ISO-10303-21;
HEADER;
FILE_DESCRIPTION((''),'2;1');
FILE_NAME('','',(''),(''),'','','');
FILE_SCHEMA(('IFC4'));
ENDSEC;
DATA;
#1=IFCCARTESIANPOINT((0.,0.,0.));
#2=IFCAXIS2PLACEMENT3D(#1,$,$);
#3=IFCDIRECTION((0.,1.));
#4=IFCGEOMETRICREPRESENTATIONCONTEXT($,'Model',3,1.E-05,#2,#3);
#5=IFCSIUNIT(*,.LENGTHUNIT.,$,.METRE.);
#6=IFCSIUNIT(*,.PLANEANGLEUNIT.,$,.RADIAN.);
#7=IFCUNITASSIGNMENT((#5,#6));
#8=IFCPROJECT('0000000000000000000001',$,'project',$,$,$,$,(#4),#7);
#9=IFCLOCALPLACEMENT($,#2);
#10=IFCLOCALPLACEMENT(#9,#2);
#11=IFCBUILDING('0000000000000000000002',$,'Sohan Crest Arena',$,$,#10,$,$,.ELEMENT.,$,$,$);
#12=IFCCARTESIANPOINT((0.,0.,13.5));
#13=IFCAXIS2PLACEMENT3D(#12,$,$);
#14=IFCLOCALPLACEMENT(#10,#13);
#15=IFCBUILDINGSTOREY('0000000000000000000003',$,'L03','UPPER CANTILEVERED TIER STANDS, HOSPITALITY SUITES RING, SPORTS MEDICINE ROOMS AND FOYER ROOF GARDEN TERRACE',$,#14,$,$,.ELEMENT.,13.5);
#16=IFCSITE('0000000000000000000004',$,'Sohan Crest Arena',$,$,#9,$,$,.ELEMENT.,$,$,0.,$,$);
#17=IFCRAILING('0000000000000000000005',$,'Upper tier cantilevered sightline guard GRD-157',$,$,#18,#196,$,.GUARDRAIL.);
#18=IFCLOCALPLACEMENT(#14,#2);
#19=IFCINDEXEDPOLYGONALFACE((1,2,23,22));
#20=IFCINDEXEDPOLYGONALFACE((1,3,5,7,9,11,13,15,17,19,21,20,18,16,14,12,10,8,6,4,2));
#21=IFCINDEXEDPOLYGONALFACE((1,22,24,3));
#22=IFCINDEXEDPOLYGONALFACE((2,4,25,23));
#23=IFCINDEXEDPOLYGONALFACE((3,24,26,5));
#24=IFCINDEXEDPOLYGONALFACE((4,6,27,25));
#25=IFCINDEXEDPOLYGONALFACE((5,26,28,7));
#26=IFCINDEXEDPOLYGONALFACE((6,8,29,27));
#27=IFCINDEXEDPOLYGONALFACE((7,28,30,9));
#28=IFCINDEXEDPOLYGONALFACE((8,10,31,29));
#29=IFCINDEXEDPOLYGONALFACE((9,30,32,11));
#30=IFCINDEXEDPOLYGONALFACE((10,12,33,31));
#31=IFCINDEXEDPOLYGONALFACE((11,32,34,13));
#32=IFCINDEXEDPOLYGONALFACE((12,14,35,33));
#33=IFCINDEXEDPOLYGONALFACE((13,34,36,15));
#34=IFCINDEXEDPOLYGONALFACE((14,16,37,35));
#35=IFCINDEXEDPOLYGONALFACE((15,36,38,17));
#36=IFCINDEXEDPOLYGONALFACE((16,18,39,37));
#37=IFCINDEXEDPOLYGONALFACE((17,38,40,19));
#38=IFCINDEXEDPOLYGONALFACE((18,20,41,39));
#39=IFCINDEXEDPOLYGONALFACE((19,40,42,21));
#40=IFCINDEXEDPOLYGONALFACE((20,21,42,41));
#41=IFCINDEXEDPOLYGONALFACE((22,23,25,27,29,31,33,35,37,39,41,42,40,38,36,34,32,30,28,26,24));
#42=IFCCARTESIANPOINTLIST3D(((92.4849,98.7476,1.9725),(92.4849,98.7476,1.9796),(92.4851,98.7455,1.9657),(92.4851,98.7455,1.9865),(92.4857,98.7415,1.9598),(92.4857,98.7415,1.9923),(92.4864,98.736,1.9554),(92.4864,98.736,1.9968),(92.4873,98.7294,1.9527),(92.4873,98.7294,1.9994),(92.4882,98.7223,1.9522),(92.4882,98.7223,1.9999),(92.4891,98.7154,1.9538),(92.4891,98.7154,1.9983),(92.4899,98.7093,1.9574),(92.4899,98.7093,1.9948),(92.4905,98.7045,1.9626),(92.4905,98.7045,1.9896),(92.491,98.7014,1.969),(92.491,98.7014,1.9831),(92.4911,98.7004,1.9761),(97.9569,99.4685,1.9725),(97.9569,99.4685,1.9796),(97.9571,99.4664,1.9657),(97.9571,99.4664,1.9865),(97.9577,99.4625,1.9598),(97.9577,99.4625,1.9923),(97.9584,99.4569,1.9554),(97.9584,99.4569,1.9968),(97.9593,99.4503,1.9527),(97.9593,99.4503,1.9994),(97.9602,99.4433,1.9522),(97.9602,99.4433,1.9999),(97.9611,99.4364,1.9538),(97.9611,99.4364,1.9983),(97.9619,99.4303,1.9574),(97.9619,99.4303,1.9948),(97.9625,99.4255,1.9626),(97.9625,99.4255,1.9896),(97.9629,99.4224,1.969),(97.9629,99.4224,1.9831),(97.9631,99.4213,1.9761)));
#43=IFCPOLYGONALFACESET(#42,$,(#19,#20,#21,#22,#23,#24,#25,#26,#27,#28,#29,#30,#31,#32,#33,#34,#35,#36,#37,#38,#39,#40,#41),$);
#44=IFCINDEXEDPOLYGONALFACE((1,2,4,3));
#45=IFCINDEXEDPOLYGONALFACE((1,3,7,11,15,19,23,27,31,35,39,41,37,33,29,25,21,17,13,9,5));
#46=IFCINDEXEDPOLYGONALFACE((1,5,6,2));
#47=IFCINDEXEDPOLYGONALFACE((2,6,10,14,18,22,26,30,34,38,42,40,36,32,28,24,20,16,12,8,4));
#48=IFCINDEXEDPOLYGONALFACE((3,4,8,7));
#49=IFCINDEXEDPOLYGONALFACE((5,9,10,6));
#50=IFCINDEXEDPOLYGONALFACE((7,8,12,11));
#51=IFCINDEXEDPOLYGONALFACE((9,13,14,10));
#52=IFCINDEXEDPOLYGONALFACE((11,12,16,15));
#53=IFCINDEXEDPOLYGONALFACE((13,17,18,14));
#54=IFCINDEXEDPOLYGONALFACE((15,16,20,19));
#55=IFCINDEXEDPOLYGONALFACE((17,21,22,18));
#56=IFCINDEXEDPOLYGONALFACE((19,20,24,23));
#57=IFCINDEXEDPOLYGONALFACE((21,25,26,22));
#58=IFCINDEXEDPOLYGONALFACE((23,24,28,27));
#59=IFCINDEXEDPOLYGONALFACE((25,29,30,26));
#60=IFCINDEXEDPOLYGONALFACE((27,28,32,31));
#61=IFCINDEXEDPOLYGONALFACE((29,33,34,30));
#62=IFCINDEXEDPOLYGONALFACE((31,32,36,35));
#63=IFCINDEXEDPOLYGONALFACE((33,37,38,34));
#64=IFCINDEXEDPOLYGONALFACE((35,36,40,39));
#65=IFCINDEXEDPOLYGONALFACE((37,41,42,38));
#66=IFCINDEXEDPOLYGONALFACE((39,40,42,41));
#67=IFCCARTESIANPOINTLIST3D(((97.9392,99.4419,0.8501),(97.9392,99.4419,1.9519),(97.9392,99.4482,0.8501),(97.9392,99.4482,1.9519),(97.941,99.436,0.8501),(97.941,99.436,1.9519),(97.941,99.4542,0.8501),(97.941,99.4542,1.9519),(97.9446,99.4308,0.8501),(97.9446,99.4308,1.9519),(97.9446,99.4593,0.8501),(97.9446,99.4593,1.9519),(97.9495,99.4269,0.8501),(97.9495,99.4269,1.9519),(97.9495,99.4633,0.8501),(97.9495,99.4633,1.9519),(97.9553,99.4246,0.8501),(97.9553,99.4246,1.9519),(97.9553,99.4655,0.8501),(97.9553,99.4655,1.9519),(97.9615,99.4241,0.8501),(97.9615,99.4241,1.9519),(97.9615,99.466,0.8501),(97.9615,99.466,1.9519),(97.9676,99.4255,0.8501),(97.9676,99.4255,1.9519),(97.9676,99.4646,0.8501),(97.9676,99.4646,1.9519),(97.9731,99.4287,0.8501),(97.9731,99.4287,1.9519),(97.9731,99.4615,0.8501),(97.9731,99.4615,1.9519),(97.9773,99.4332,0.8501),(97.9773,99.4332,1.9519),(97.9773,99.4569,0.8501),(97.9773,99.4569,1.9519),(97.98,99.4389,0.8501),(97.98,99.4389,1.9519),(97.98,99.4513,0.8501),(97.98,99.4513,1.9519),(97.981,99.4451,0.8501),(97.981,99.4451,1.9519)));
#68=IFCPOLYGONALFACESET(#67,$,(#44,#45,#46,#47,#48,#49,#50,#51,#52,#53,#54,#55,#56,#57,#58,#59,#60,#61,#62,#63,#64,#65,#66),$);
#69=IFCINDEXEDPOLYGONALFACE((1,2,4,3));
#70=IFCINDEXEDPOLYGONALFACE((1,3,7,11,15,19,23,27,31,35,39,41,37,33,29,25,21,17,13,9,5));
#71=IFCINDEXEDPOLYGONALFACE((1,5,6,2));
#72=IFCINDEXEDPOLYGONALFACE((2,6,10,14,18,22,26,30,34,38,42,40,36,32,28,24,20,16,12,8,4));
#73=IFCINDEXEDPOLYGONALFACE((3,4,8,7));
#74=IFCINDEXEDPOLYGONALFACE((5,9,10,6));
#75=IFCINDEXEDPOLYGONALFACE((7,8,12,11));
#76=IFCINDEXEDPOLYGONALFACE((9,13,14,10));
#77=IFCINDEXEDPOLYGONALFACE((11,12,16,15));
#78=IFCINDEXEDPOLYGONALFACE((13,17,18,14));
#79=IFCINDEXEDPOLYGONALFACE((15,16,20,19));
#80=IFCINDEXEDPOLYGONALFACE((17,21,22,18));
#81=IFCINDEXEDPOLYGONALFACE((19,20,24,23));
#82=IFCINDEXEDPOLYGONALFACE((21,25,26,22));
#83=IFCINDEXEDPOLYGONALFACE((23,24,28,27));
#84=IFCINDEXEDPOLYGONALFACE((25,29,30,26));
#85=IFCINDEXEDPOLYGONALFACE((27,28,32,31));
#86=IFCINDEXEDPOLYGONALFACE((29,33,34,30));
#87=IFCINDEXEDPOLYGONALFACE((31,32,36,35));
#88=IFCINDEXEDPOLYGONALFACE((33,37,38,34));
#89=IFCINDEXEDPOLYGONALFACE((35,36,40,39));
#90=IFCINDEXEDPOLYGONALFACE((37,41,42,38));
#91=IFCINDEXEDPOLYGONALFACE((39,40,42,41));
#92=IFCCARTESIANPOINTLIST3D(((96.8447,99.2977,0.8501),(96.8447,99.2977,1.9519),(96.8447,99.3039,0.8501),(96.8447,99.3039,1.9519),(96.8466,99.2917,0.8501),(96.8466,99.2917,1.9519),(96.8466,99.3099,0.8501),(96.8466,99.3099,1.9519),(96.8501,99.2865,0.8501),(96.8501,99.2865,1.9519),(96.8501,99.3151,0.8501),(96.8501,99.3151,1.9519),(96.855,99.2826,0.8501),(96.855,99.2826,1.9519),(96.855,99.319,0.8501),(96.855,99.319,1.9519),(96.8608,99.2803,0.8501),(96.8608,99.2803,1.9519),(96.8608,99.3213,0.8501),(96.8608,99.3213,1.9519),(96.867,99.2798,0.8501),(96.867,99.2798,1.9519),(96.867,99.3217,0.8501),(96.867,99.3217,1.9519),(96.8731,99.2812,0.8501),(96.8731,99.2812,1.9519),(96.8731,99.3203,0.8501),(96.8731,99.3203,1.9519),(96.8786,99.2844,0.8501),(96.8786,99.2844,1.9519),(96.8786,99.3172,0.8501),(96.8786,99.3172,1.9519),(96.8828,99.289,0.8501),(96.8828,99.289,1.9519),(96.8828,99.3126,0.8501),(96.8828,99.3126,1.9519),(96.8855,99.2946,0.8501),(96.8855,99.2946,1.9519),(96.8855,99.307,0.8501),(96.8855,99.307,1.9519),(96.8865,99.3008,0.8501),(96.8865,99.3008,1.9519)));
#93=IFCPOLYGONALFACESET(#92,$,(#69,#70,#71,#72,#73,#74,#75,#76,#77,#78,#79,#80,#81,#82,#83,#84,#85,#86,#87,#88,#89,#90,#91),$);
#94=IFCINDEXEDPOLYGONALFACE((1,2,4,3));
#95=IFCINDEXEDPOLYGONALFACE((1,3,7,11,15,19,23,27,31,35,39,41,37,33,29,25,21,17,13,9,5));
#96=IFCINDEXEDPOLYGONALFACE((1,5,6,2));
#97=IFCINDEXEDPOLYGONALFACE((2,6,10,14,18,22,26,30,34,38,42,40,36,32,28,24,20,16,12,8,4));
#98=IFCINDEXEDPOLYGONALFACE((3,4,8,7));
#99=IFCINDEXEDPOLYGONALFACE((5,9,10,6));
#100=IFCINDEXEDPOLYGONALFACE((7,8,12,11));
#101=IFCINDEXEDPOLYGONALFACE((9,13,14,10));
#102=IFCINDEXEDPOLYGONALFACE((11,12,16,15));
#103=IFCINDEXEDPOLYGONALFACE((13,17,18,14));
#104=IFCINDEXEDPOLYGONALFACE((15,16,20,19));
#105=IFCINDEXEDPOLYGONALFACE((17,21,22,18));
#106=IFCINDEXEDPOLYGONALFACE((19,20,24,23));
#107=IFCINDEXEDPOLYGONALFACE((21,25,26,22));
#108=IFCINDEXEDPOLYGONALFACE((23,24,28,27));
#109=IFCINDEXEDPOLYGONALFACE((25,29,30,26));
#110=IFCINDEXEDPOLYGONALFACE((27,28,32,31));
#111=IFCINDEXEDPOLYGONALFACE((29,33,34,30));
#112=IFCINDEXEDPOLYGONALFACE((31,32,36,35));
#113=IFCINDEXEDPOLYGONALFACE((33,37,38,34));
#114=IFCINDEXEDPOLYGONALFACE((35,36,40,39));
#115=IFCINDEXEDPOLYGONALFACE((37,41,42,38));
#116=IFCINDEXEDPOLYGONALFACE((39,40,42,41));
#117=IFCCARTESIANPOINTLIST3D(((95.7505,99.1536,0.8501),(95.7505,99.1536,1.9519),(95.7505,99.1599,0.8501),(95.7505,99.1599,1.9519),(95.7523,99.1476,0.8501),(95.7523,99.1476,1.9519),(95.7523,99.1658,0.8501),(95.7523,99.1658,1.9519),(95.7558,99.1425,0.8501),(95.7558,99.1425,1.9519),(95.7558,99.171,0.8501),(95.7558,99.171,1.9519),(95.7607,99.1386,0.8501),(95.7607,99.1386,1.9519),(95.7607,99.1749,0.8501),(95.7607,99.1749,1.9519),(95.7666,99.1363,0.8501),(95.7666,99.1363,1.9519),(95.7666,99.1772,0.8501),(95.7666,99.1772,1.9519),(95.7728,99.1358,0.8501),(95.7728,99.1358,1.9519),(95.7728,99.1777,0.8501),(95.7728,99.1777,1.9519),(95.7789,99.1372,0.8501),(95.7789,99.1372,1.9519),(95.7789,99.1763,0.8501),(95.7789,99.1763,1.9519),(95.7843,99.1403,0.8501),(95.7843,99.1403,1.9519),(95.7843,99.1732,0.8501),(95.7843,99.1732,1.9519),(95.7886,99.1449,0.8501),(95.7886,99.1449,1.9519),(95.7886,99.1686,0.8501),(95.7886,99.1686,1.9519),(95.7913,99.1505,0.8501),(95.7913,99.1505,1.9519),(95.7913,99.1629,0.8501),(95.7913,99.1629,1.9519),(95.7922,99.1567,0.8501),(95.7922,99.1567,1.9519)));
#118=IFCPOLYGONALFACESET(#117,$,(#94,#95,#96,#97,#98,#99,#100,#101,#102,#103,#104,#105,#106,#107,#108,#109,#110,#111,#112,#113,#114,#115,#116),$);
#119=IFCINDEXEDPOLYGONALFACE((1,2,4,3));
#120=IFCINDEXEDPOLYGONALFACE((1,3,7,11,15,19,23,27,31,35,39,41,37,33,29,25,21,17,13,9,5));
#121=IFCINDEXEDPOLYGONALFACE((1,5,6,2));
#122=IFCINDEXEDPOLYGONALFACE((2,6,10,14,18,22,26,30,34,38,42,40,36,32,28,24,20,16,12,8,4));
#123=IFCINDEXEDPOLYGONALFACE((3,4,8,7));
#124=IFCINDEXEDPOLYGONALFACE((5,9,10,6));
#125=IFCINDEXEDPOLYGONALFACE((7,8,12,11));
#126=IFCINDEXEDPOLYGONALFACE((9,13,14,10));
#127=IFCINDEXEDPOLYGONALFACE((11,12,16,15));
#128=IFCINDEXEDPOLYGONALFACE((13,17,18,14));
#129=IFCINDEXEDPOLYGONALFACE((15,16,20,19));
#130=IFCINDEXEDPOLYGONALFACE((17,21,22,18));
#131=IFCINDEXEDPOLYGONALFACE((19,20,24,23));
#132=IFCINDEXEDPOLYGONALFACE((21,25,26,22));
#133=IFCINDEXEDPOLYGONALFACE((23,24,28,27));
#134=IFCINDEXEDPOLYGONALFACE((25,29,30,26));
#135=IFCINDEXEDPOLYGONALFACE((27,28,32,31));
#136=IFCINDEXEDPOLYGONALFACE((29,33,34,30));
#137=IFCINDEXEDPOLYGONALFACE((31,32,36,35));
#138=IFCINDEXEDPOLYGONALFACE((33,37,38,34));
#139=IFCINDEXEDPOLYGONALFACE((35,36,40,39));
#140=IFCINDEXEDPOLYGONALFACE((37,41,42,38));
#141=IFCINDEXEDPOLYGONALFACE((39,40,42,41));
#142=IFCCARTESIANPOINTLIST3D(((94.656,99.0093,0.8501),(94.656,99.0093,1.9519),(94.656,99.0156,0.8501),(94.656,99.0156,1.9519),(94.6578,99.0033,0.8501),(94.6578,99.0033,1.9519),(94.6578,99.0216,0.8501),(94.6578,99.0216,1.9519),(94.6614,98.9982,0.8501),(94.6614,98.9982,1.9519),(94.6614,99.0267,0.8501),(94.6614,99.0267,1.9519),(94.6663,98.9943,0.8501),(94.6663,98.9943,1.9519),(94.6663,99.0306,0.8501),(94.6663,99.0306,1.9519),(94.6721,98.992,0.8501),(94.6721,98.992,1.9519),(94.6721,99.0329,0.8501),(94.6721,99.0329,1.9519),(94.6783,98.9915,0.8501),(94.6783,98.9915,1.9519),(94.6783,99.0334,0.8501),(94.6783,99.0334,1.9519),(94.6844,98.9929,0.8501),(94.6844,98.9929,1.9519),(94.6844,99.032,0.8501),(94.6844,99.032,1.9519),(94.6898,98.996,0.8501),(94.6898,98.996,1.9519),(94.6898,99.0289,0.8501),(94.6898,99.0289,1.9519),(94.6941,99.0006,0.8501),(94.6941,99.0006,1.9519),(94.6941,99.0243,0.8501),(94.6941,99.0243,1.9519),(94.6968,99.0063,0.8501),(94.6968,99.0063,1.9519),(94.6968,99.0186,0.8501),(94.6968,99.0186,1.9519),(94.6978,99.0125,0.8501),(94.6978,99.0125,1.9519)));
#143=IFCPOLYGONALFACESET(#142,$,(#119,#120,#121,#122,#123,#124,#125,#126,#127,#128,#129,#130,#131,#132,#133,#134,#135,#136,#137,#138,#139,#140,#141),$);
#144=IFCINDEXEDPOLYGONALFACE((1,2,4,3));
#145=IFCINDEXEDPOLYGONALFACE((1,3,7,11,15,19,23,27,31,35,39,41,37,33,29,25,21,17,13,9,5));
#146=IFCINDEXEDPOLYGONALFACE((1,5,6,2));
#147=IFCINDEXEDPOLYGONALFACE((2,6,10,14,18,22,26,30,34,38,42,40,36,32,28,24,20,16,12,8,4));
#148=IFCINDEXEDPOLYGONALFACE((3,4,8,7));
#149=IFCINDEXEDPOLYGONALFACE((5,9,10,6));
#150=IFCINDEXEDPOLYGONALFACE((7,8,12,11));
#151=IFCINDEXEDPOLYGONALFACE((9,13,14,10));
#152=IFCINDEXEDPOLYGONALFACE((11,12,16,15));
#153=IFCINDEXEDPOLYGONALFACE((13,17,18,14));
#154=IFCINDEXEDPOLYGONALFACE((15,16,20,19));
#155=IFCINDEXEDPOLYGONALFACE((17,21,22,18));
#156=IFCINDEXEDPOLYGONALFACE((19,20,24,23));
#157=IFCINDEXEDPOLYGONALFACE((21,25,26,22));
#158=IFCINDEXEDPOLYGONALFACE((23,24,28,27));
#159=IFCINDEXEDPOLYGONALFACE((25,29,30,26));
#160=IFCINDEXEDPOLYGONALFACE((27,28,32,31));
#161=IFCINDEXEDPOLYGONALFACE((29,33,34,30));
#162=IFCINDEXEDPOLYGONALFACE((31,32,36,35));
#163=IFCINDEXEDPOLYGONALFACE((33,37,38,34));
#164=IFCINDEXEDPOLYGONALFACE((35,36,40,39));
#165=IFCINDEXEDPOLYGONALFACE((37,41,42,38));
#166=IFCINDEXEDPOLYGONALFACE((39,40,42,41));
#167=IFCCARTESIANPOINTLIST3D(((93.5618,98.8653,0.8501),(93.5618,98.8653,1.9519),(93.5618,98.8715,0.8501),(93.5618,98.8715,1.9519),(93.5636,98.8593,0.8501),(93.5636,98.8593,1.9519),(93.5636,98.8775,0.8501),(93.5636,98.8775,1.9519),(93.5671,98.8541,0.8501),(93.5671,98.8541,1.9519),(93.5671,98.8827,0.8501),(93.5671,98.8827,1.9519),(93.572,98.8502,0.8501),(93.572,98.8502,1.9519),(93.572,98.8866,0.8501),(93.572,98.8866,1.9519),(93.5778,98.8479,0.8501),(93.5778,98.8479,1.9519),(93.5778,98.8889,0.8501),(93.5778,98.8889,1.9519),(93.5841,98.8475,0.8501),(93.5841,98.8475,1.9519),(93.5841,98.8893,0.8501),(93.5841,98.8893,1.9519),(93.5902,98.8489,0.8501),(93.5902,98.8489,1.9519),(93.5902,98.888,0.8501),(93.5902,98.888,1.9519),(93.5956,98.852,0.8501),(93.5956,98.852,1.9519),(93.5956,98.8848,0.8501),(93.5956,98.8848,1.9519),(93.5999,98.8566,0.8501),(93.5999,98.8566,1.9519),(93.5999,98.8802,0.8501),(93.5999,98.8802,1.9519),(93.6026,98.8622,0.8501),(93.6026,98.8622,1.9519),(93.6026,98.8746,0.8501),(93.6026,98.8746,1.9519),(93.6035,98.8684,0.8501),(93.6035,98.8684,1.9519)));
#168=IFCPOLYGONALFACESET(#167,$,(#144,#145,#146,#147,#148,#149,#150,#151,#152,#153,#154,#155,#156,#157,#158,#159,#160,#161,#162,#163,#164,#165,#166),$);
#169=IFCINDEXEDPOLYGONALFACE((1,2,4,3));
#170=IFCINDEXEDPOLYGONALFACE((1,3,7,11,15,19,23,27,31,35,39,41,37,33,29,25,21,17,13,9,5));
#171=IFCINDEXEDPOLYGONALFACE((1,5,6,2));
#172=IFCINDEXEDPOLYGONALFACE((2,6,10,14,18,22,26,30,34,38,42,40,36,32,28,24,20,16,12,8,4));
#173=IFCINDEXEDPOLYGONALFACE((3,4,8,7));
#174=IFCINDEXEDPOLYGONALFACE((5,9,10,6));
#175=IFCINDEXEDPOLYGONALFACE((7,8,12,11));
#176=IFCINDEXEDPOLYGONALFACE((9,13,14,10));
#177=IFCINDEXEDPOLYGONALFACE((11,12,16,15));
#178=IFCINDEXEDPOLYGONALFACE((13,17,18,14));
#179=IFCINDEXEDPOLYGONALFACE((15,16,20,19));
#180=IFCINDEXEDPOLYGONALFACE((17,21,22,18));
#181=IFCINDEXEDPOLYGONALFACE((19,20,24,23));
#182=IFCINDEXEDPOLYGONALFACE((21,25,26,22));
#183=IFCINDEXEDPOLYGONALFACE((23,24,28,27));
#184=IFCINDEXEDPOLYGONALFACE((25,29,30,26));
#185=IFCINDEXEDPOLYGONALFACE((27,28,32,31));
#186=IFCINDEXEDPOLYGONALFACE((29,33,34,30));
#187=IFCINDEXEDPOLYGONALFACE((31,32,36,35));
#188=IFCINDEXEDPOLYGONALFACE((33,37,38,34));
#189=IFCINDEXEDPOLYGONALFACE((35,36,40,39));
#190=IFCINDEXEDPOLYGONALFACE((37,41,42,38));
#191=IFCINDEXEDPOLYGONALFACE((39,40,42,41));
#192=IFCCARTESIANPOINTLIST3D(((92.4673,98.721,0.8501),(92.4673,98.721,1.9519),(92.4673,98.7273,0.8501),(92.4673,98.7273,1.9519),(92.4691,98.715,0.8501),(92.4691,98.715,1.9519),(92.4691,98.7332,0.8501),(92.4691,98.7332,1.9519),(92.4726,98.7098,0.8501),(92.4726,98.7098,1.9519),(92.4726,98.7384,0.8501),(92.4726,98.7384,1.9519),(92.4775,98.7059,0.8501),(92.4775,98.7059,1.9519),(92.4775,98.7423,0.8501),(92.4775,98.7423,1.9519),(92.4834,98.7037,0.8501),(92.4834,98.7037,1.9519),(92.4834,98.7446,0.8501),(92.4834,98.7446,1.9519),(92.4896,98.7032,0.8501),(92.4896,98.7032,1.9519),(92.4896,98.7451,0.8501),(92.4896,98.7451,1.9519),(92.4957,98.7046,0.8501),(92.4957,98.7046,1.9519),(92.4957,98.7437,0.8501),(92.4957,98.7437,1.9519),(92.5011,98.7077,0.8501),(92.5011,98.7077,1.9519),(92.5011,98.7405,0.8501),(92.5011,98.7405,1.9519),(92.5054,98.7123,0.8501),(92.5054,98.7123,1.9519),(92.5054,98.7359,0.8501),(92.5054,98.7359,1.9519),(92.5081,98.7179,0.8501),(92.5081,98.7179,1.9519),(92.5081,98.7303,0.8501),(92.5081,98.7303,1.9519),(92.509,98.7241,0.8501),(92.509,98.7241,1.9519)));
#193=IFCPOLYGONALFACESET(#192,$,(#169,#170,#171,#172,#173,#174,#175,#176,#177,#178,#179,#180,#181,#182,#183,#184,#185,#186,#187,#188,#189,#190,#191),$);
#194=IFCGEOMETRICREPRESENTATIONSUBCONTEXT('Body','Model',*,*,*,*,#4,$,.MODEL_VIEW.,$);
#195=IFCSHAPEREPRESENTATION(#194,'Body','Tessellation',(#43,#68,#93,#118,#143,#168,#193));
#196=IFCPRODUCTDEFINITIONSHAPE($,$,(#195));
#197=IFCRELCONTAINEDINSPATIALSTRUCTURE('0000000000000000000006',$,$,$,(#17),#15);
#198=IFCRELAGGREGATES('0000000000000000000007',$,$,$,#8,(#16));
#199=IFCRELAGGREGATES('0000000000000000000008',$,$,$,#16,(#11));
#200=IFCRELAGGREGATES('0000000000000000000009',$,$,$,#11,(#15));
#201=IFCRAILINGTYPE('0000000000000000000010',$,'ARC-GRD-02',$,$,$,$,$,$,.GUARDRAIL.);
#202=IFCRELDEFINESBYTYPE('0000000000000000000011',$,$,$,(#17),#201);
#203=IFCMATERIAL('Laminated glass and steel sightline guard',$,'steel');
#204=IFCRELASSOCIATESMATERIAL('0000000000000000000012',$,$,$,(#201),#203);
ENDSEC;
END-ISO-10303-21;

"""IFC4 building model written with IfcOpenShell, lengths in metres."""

from ifc_helpers import new_model, si_unit, direction, frame, origin, origin_2d, place, context, subcontext, project, spatial, circle, extrude, material, type_object, element, save


model = new_model("IFC4")

# Units and contexts
model_context = context("Model", 3, precision=1e-05, world=origin(), true_north=direction((0.0, 1.0)))
body_context = subcontext(model_context, "Body", "Model", "MODEL_VIEW")
ifc_project = project(units=[si_unit("LENGTHUNIT", "METRE"), si_unit("PLANEANGLEUNIT", "RADIAN")], contexts=[model_context])

# Site, building, storey
site_placement = place(None, origin())
site = spatial("IfcSite", under=ifc_project, at=site_placement, Name="Sohan Crest Arena", CompositionType="ELEMENT", RefElevation=0.0)
building_placement = place(site_placement, origin())
building = spatial("IfcBuilding", under=site, at=building_placement, Name="Sohan Crest Arena", CompositionType="ELEMENT")
storey_placement = place(building_placement, frame((0.0, 0.0, 13.5)))
storey = spatial("IfcBuildingStorey", under=building, at=storey_placement, Name="L03", Description="UPPER CANTILEVERED TIER STANDS, HOSPITALITY SUITES RING, SPORTS MEDICINE ROOMS AND FOYER ROOF GARDEN TERRACE", CompositionType="ELEMENT", Elevation=13.5)

# Railing
ifc_material_1 = material(Name="Laminated glass and steel sightline guard", Category="steel")
railing_type = type_object("IfcRailingType", Name="ARC-GRD-02", PredefinedType="GUARDRAIL", material=ifc_material_1)
railing_1_placement = place(storey_placement, frame((97.96, 99.4451, 0.8501)))
element("IfcRailing", 1, at=railing_1_placement, inside=storey, type_object=railing_type, Name="Upper tier cantilevered sightline guard GRD-157", PredefinedType="GUARDRAIL", context=body_context, shape_type="SweptSolid", body=[
    extrude(circle(Radius=0.0239, at=origin_2d()), frame((0.0, 0.0, 1.126), z_axis=(-0.991432, -0.130625, 0.0), x_axis=(0.130625, -0.991432, 0.0)), (0.0, 0.0, 1.0), 5.5193),
    extrude(circle(Radius=0.021, at=origin_2d()), origin(), (0.0, 0.0, 1.0), 1.1018),
    extrude(circle(Radius=0.021, at=origin_2d()), frame((-1.0945, -0.1443, 0.0)), (0.0, 0.0, 1.0), 1.1018),
    extrude(circle(Radius=0.021, at=origin_2d()), frame((-2.1887, -0.2883, 0.0)), (0.0, 0.0, 1.0), 1.1018),
    extrude(circle(Radius=0.021, at=origin_2d()), frame((-3.2832, -0.4326, 0.0)), (0.0, 0.0, 1.0), 1.1018),
    extrude(circle(Radius=0.021, at=origin_2d()), frame((-4.3774, -0.5767, 0.0)), (0.0, 0.0, 1.0), 1.1018),
    extrude(circle(Radius=0.021, at=origin_2d()), frame((-5.4719, -0.7209, 0.0)), (0.0, 0.0, 1.0), 1.1018),
])

save(model, "model.ifc")
